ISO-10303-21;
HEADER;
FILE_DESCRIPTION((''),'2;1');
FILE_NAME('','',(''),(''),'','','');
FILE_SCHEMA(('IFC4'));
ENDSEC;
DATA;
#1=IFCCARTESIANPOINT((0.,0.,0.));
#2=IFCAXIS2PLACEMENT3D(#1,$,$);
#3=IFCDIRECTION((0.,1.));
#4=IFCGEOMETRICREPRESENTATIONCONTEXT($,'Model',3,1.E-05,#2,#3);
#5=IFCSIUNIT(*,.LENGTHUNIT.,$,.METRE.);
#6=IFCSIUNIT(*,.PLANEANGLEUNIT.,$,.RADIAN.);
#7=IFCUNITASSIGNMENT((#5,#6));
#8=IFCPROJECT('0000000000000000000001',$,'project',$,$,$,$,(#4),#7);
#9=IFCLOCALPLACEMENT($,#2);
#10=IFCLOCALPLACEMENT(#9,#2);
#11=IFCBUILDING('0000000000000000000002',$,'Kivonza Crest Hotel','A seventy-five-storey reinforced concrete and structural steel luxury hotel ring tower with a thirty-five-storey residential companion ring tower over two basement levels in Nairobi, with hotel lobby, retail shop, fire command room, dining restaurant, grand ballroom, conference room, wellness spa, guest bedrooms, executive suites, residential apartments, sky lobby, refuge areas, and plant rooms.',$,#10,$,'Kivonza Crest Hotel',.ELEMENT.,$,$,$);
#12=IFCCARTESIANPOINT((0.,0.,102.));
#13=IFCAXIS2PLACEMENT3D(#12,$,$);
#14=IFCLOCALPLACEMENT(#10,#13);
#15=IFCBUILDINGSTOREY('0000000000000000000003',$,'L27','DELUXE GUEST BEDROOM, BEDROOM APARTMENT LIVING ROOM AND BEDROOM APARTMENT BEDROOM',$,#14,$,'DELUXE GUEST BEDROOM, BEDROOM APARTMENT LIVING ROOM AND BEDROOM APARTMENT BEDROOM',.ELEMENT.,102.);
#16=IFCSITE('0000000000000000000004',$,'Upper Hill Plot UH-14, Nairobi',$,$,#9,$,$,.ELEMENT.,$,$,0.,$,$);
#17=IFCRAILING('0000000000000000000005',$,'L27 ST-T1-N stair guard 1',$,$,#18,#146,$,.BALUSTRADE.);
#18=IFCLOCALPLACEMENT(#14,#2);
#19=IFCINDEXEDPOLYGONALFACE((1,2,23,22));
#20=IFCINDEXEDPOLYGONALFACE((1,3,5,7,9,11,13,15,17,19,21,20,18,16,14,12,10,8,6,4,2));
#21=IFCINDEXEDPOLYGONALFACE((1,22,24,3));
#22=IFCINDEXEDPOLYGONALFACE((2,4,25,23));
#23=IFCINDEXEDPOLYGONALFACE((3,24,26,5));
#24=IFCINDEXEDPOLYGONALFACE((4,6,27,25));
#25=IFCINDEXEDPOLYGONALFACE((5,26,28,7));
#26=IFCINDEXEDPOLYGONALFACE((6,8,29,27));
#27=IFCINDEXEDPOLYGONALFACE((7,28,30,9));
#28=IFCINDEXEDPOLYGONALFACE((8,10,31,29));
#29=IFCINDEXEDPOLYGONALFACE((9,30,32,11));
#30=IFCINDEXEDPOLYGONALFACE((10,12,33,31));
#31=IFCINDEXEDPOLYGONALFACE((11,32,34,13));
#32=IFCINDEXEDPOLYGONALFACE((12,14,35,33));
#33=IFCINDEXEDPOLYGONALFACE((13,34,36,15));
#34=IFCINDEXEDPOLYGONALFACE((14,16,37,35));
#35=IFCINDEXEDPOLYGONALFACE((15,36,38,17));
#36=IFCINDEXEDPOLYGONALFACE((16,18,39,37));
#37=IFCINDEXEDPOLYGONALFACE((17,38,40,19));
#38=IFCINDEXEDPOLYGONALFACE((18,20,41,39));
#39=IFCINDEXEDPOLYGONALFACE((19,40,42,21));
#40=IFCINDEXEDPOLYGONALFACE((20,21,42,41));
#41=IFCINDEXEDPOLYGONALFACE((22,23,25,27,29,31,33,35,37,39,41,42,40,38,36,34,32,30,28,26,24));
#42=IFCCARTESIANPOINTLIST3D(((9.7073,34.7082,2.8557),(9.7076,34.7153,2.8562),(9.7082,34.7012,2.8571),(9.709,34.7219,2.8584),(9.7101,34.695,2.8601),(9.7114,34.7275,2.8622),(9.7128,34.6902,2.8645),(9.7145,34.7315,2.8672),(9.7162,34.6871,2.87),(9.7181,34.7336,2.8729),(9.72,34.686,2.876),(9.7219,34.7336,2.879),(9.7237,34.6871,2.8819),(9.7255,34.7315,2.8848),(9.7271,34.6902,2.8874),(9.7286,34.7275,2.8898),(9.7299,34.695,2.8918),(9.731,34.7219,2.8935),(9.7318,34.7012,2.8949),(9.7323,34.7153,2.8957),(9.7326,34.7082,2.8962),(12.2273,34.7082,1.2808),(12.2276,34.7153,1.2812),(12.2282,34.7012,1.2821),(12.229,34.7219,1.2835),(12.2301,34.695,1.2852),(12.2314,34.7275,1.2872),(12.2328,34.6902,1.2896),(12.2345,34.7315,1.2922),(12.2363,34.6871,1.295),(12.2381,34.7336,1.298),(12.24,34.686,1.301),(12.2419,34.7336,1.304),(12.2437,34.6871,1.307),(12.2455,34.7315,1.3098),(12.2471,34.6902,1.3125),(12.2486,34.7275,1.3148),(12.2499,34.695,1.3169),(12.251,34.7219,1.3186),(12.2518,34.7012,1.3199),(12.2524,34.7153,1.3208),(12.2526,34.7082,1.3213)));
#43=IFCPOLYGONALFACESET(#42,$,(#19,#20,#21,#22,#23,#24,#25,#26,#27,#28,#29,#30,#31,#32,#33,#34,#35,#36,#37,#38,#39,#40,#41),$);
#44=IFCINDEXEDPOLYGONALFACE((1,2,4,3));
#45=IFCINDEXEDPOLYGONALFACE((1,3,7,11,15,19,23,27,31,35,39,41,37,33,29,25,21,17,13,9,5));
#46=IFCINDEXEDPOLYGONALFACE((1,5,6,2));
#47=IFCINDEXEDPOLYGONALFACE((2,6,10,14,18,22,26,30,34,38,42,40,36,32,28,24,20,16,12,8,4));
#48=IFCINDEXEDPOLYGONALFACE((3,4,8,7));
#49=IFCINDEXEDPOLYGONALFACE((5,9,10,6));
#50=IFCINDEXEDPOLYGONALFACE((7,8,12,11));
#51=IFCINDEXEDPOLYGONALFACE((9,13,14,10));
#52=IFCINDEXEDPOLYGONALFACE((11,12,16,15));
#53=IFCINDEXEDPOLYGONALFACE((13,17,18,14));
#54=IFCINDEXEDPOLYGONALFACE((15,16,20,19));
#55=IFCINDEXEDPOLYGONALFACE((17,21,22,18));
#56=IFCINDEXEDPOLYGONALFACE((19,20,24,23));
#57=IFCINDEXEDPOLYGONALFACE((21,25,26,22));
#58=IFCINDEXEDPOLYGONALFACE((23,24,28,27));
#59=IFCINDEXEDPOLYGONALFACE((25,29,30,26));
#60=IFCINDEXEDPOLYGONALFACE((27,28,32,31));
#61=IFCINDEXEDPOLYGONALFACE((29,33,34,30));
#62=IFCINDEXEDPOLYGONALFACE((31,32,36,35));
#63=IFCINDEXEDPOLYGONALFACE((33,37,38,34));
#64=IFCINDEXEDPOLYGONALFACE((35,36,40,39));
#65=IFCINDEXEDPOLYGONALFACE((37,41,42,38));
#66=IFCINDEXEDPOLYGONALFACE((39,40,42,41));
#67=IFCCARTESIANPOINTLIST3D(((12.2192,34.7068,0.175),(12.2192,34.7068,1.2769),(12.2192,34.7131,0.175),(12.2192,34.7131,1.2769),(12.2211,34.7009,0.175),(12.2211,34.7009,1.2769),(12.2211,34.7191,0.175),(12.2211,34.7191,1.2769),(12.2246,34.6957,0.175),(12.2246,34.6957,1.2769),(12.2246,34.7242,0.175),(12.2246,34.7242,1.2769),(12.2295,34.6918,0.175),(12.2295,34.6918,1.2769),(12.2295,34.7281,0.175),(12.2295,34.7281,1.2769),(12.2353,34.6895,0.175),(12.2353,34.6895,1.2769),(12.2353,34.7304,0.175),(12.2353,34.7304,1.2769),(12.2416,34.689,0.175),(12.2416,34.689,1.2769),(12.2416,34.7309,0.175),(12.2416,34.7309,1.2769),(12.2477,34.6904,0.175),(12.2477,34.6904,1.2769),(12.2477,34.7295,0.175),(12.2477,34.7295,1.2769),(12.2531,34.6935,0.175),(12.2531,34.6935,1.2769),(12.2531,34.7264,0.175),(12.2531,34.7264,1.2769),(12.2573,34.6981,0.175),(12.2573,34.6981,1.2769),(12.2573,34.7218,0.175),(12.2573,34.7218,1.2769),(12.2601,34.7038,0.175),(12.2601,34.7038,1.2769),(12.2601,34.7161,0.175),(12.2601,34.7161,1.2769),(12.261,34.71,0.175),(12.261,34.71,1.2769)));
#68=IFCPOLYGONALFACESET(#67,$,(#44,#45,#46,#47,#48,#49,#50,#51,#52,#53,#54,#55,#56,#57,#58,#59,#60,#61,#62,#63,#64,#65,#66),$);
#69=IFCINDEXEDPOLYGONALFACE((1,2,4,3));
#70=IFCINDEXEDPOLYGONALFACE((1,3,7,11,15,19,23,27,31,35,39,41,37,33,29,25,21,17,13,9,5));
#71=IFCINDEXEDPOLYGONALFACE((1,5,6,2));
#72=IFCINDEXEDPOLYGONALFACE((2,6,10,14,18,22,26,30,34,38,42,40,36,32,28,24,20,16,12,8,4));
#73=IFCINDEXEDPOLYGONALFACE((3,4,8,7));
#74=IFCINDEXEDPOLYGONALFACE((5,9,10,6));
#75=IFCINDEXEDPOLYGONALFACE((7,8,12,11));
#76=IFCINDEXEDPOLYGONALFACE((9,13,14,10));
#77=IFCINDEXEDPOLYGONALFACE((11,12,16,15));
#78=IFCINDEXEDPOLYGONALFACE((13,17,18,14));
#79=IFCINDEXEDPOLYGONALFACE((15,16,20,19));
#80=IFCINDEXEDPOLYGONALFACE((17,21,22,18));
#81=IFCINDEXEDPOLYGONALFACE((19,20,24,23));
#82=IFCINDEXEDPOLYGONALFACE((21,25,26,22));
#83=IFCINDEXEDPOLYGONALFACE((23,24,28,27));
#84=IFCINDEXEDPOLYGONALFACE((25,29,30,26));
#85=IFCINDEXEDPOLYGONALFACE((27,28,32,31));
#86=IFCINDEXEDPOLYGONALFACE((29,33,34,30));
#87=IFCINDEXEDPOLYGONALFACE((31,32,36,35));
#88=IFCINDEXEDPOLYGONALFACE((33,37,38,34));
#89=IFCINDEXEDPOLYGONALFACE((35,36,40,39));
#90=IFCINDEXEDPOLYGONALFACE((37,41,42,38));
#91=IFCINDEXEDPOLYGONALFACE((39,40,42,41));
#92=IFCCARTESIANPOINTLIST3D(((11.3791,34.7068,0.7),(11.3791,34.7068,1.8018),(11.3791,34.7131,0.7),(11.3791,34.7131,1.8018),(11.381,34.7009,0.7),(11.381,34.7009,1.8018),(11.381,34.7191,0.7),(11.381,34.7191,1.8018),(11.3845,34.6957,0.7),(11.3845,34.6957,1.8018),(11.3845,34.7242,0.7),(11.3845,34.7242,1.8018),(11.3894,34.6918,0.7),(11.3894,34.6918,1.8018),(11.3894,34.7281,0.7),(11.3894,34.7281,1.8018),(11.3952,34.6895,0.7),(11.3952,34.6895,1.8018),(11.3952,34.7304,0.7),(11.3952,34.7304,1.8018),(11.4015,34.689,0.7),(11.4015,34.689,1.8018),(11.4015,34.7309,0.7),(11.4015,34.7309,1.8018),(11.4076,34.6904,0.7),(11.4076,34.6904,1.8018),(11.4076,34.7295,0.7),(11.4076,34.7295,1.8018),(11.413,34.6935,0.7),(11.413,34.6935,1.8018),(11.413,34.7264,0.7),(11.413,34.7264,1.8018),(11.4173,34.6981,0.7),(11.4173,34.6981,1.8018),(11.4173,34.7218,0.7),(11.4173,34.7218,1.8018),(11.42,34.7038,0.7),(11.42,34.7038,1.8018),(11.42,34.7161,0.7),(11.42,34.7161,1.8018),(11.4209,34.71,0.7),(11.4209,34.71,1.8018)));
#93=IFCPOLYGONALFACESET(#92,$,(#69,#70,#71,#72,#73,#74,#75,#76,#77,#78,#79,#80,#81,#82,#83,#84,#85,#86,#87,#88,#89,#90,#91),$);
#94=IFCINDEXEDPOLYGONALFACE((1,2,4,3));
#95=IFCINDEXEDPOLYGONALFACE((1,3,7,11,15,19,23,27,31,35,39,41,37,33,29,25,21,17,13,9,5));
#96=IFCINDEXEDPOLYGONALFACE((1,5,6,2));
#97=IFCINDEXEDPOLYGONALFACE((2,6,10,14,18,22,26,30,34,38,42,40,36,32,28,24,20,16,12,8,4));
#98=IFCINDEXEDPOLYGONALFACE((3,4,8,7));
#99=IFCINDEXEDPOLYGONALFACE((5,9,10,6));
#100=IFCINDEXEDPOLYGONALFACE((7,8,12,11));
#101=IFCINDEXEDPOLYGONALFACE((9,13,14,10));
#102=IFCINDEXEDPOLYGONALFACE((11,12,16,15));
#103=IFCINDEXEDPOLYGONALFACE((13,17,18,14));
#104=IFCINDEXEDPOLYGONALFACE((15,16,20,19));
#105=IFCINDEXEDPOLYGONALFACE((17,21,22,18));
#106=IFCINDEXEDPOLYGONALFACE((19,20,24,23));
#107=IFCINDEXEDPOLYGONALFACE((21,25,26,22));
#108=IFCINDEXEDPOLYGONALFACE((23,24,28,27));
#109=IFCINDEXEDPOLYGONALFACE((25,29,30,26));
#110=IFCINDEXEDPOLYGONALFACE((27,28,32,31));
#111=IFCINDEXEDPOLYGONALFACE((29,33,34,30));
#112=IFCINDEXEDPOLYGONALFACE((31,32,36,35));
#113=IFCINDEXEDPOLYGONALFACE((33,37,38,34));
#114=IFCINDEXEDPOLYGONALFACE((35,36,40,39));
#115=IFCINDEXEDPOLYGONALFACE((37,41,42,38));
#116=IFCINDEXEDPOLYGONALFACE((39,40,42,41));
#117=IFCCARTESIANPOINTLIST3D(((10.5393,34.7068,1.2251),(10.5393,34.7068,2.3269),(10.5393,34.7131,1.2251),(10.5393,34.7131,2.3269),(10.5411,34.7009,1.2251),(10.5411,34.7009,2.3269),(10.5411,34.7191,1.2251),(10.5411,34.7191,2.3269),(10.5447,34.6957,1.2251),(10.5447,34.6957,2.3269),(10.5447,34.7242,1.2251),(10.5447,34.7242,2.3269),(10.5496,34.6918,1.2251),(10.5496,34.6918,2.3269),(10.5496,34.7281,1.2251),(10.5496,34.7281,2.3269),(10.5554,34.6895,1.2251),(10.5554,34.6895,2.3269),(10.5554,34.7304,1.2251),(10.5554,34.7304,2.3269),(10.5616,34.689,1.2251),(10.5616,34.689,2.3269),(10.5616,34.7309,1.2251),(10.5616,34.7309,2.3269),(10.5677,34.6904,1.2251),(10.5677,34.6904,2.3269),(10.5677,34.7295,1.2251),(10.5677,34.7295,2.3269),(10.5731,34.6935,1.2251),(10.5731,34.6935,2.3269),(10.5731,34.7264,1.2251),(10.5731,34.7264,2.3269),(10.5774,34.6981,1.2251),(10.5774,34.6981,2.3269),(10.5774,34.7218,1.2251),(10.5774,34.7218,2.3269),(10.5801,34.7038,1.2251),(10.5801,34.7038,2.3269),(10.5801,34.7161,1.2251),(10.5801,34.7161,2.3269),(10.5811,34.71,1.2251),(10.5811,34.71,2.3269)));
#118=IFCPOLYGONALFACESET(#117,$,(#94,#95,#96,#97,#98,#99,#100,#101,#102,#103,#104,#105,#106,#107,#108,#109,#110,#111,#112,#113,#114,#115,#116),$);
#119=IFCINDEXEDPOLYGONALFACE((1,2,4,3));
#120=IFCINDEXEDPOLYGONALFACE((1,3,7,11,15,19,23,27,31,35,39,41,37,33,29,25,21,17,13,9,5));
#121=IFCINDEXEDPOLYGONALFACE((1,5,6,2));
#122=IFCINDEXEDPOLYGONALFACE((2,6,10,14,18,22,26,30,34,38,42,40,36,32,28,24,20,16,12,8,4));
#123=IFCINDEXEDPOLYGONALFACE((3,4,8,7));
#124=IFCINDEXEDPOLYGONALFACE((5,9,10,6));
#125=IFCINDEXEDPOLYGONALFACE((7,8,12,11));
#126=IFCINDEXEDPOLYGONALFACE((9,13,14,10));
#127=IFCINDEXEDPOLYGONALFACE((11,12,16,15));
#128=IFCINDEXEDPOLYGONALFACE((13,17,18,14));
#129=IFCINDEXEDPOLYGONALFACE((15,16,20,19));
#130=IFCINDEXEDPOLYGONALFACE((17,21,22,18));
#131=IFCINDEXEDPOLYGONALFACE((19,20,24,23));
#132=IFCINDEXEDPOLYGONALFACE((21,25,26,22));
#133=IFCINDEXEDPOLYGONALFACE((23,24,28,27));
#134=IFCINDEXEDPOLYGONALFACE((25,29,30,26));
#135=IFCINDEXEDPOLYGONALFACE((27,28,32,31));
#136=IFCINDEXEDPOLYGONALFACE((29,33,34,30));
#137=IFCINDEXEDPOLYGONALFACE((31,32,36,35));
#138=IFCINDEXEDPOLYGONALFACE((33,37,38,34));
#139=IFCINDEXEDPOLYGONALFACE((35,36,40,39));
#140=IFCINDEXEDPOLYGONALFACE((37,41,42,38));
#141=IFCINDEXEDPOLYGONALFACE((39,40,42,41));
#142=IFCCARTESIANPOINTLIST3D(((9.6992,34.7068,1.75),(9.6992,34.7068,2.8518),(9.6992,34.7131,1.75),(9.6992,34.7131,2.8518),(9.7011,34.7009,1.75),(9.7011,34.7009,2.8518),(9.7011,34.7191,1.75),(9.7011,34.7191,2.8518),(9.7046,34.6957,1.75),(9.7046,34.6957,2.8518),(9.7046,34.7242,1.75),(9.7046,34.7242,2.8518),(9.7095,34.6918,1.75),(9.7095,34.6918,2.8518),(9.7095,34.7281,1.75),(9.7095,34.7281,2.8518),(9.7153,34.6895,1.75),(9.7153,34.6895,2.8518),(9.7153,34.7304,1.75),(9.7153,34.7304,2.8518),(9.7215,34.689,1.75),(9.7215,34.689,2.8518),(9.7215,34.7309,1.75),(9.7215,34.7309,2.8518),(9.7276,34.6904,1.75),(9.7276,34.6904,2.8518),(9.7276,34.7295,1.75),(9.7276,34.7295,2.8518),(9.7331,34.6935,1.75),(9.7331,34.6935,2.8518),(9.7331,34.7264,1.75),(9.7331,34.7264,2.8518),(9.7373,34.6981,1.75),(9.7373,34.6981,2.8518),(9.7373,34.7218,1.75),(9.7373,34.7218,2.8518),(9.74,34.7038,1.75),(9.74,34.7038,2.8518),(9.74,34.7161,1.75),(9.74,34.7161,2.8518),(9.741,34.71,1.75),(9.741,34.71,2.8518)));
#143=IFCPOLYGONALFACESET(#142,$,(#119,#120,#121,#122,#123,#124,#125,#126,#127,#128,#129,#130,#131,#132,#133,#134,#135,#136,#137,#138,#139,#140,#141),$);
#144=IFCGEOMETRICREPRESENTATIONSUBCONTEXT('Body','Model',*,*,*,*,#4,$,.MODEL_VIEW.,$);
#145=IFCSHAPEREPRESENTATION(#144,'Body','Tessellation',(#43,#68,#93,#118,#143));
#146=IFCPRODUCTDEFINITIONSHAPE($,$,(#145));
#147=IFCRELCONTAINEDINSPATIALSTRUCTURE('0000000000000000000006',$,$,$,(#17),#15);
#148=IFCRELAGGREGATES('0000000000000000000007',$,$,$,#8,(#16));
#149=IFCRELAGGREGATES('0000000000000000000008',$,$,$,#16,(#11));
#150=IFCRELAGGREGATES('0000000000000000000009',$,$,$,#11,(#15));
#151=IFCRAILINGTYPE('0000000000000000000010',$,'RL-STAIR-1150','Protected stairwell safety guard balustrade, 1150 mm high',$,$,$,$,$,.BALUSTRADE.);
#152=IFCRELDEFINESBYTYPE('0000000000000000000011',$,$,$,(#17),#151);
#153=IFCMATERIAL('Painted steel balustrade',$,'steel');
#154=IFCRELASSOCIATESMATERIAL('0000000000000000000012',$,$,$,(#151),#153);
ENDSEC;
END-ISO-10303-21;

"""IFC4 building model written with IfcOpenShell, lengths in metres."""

from ifc_helpers import new_model, si_unit, direction, frame, origin, origin_2d, place, context, subcontext, project, spatial, circle, extrude, material, type_object, element, save


model = new_model("IFC4")

# Units and contexts
model_context = context("Model", 3, precision=1e-05, world=origin(), true_north=direction((0.0, 1.0)))
body_context = subcontext(model_context, "Body", "Model", "MODEL_VIEW")
ifc_project = project(units=[si_unit("LENGTHUNIT", "METRE"), si_unit("PLANEANGLEUNIT", "RADIAN")], contexts=[model_context])

# Site, building, storey
site_placement = place(None, origin())
site = spatial("IfcSite", under=ifc_project, at=site_placement, Name="Upper Hill Plot UH-14, Nairobi", CompositionType="ELEMENT", RefElevation=0.0)
building_placement = place(site_placement, origin())
building = spatial("IfcBuilding", under=site, at=building_placement, Name="Kivonza Crest Hotel", Description="A seventy-five-storey reinforced concrete and structural steel luxury hotel ring tower with a thirty-five-storey residential companion ring tower over two basement levels in Nairobi, with hotel lobby, retail shop, fire command room, dining restaurant, grand ballroom, conference room, wellness spa, guest bedrooms, executive suites, residential apartments, sky lobby, refuge areas, and plant rooms.", LongName="Kivonza Crest Hotel", CompositionType="ELEMENT")
storey_placement = place(building_placement, frame((0.0, 0.0, 102.0)))
storey = spatial("IfcBuildingStorey", under=building, at=storey_placement, Name="L27", Description="DELUXE GUEST BEDROOM, BEDROOM APARTMENT LIVING ROOM AND BEDROOM APARTMENT BEDROOM", LongName="DELUXE GUEST BEDROOM, BEDROOM APARTMENT LIVING ROOM AND BEDROOM APARTMENT BEDROOM", CompositionType="ELEMENT", Elevation=102.0)

# Railing
ifc_material_1 = material(Name="Painted steel balustrade", Category="steel")
railing_type_1 = type_object("IfcRailingType", Name="RL-STAIR-1150", Description="Protected stairwell safety guard balustrade, 1150 mm high", PredefinedType="BALUSTRADE", material=ifc_material_1)
railing_1_placement = place(storey_placement, frame((12.24, 34.71, 0.175)))
element("IfcRailing", 1, at=railing_1_placement, inside=storey, type_object=railing_type_1, Name="L27 ST-T1-N stair guard 1", PredefinedType="BALUSTRADE", context=body_context, shape_type="SweptSolid", body=[
    extrude(circle(Radius=0.0239, at=origin_2d()), frame((0.0, 0.0, 1.126), z_axis=(-0.848008, 0.0, 0.529984), x_axis=(0.0, -1.0, 0.0)), (0.0, 0.0, 1.0), 2.9717),
    extrude(circle(Radius=0.021, at=origin_2d()), origin(), (0.0, 0.0, 1.0), 1.1018),
    extrude(circle(Radius=0.021, at=origin_2d()), frame((-0.8401, 0.0, 0.5249)), (0.0, 0.0, 1.0), 1.1018),
    extrude(circle(Radius=0.021, at=origin_2d()), frame((-1.6799, 0.0, 1.05)), (0.0, 0.0, 1.0), 1.1018),
    extrude(circle(Radius=0.021, at=origin_2d()), frame((-2.52, 0.0, 1.575)), (0.0, 0.0, 1.0), 1.1018),
])

save(model, "model.ifc")
